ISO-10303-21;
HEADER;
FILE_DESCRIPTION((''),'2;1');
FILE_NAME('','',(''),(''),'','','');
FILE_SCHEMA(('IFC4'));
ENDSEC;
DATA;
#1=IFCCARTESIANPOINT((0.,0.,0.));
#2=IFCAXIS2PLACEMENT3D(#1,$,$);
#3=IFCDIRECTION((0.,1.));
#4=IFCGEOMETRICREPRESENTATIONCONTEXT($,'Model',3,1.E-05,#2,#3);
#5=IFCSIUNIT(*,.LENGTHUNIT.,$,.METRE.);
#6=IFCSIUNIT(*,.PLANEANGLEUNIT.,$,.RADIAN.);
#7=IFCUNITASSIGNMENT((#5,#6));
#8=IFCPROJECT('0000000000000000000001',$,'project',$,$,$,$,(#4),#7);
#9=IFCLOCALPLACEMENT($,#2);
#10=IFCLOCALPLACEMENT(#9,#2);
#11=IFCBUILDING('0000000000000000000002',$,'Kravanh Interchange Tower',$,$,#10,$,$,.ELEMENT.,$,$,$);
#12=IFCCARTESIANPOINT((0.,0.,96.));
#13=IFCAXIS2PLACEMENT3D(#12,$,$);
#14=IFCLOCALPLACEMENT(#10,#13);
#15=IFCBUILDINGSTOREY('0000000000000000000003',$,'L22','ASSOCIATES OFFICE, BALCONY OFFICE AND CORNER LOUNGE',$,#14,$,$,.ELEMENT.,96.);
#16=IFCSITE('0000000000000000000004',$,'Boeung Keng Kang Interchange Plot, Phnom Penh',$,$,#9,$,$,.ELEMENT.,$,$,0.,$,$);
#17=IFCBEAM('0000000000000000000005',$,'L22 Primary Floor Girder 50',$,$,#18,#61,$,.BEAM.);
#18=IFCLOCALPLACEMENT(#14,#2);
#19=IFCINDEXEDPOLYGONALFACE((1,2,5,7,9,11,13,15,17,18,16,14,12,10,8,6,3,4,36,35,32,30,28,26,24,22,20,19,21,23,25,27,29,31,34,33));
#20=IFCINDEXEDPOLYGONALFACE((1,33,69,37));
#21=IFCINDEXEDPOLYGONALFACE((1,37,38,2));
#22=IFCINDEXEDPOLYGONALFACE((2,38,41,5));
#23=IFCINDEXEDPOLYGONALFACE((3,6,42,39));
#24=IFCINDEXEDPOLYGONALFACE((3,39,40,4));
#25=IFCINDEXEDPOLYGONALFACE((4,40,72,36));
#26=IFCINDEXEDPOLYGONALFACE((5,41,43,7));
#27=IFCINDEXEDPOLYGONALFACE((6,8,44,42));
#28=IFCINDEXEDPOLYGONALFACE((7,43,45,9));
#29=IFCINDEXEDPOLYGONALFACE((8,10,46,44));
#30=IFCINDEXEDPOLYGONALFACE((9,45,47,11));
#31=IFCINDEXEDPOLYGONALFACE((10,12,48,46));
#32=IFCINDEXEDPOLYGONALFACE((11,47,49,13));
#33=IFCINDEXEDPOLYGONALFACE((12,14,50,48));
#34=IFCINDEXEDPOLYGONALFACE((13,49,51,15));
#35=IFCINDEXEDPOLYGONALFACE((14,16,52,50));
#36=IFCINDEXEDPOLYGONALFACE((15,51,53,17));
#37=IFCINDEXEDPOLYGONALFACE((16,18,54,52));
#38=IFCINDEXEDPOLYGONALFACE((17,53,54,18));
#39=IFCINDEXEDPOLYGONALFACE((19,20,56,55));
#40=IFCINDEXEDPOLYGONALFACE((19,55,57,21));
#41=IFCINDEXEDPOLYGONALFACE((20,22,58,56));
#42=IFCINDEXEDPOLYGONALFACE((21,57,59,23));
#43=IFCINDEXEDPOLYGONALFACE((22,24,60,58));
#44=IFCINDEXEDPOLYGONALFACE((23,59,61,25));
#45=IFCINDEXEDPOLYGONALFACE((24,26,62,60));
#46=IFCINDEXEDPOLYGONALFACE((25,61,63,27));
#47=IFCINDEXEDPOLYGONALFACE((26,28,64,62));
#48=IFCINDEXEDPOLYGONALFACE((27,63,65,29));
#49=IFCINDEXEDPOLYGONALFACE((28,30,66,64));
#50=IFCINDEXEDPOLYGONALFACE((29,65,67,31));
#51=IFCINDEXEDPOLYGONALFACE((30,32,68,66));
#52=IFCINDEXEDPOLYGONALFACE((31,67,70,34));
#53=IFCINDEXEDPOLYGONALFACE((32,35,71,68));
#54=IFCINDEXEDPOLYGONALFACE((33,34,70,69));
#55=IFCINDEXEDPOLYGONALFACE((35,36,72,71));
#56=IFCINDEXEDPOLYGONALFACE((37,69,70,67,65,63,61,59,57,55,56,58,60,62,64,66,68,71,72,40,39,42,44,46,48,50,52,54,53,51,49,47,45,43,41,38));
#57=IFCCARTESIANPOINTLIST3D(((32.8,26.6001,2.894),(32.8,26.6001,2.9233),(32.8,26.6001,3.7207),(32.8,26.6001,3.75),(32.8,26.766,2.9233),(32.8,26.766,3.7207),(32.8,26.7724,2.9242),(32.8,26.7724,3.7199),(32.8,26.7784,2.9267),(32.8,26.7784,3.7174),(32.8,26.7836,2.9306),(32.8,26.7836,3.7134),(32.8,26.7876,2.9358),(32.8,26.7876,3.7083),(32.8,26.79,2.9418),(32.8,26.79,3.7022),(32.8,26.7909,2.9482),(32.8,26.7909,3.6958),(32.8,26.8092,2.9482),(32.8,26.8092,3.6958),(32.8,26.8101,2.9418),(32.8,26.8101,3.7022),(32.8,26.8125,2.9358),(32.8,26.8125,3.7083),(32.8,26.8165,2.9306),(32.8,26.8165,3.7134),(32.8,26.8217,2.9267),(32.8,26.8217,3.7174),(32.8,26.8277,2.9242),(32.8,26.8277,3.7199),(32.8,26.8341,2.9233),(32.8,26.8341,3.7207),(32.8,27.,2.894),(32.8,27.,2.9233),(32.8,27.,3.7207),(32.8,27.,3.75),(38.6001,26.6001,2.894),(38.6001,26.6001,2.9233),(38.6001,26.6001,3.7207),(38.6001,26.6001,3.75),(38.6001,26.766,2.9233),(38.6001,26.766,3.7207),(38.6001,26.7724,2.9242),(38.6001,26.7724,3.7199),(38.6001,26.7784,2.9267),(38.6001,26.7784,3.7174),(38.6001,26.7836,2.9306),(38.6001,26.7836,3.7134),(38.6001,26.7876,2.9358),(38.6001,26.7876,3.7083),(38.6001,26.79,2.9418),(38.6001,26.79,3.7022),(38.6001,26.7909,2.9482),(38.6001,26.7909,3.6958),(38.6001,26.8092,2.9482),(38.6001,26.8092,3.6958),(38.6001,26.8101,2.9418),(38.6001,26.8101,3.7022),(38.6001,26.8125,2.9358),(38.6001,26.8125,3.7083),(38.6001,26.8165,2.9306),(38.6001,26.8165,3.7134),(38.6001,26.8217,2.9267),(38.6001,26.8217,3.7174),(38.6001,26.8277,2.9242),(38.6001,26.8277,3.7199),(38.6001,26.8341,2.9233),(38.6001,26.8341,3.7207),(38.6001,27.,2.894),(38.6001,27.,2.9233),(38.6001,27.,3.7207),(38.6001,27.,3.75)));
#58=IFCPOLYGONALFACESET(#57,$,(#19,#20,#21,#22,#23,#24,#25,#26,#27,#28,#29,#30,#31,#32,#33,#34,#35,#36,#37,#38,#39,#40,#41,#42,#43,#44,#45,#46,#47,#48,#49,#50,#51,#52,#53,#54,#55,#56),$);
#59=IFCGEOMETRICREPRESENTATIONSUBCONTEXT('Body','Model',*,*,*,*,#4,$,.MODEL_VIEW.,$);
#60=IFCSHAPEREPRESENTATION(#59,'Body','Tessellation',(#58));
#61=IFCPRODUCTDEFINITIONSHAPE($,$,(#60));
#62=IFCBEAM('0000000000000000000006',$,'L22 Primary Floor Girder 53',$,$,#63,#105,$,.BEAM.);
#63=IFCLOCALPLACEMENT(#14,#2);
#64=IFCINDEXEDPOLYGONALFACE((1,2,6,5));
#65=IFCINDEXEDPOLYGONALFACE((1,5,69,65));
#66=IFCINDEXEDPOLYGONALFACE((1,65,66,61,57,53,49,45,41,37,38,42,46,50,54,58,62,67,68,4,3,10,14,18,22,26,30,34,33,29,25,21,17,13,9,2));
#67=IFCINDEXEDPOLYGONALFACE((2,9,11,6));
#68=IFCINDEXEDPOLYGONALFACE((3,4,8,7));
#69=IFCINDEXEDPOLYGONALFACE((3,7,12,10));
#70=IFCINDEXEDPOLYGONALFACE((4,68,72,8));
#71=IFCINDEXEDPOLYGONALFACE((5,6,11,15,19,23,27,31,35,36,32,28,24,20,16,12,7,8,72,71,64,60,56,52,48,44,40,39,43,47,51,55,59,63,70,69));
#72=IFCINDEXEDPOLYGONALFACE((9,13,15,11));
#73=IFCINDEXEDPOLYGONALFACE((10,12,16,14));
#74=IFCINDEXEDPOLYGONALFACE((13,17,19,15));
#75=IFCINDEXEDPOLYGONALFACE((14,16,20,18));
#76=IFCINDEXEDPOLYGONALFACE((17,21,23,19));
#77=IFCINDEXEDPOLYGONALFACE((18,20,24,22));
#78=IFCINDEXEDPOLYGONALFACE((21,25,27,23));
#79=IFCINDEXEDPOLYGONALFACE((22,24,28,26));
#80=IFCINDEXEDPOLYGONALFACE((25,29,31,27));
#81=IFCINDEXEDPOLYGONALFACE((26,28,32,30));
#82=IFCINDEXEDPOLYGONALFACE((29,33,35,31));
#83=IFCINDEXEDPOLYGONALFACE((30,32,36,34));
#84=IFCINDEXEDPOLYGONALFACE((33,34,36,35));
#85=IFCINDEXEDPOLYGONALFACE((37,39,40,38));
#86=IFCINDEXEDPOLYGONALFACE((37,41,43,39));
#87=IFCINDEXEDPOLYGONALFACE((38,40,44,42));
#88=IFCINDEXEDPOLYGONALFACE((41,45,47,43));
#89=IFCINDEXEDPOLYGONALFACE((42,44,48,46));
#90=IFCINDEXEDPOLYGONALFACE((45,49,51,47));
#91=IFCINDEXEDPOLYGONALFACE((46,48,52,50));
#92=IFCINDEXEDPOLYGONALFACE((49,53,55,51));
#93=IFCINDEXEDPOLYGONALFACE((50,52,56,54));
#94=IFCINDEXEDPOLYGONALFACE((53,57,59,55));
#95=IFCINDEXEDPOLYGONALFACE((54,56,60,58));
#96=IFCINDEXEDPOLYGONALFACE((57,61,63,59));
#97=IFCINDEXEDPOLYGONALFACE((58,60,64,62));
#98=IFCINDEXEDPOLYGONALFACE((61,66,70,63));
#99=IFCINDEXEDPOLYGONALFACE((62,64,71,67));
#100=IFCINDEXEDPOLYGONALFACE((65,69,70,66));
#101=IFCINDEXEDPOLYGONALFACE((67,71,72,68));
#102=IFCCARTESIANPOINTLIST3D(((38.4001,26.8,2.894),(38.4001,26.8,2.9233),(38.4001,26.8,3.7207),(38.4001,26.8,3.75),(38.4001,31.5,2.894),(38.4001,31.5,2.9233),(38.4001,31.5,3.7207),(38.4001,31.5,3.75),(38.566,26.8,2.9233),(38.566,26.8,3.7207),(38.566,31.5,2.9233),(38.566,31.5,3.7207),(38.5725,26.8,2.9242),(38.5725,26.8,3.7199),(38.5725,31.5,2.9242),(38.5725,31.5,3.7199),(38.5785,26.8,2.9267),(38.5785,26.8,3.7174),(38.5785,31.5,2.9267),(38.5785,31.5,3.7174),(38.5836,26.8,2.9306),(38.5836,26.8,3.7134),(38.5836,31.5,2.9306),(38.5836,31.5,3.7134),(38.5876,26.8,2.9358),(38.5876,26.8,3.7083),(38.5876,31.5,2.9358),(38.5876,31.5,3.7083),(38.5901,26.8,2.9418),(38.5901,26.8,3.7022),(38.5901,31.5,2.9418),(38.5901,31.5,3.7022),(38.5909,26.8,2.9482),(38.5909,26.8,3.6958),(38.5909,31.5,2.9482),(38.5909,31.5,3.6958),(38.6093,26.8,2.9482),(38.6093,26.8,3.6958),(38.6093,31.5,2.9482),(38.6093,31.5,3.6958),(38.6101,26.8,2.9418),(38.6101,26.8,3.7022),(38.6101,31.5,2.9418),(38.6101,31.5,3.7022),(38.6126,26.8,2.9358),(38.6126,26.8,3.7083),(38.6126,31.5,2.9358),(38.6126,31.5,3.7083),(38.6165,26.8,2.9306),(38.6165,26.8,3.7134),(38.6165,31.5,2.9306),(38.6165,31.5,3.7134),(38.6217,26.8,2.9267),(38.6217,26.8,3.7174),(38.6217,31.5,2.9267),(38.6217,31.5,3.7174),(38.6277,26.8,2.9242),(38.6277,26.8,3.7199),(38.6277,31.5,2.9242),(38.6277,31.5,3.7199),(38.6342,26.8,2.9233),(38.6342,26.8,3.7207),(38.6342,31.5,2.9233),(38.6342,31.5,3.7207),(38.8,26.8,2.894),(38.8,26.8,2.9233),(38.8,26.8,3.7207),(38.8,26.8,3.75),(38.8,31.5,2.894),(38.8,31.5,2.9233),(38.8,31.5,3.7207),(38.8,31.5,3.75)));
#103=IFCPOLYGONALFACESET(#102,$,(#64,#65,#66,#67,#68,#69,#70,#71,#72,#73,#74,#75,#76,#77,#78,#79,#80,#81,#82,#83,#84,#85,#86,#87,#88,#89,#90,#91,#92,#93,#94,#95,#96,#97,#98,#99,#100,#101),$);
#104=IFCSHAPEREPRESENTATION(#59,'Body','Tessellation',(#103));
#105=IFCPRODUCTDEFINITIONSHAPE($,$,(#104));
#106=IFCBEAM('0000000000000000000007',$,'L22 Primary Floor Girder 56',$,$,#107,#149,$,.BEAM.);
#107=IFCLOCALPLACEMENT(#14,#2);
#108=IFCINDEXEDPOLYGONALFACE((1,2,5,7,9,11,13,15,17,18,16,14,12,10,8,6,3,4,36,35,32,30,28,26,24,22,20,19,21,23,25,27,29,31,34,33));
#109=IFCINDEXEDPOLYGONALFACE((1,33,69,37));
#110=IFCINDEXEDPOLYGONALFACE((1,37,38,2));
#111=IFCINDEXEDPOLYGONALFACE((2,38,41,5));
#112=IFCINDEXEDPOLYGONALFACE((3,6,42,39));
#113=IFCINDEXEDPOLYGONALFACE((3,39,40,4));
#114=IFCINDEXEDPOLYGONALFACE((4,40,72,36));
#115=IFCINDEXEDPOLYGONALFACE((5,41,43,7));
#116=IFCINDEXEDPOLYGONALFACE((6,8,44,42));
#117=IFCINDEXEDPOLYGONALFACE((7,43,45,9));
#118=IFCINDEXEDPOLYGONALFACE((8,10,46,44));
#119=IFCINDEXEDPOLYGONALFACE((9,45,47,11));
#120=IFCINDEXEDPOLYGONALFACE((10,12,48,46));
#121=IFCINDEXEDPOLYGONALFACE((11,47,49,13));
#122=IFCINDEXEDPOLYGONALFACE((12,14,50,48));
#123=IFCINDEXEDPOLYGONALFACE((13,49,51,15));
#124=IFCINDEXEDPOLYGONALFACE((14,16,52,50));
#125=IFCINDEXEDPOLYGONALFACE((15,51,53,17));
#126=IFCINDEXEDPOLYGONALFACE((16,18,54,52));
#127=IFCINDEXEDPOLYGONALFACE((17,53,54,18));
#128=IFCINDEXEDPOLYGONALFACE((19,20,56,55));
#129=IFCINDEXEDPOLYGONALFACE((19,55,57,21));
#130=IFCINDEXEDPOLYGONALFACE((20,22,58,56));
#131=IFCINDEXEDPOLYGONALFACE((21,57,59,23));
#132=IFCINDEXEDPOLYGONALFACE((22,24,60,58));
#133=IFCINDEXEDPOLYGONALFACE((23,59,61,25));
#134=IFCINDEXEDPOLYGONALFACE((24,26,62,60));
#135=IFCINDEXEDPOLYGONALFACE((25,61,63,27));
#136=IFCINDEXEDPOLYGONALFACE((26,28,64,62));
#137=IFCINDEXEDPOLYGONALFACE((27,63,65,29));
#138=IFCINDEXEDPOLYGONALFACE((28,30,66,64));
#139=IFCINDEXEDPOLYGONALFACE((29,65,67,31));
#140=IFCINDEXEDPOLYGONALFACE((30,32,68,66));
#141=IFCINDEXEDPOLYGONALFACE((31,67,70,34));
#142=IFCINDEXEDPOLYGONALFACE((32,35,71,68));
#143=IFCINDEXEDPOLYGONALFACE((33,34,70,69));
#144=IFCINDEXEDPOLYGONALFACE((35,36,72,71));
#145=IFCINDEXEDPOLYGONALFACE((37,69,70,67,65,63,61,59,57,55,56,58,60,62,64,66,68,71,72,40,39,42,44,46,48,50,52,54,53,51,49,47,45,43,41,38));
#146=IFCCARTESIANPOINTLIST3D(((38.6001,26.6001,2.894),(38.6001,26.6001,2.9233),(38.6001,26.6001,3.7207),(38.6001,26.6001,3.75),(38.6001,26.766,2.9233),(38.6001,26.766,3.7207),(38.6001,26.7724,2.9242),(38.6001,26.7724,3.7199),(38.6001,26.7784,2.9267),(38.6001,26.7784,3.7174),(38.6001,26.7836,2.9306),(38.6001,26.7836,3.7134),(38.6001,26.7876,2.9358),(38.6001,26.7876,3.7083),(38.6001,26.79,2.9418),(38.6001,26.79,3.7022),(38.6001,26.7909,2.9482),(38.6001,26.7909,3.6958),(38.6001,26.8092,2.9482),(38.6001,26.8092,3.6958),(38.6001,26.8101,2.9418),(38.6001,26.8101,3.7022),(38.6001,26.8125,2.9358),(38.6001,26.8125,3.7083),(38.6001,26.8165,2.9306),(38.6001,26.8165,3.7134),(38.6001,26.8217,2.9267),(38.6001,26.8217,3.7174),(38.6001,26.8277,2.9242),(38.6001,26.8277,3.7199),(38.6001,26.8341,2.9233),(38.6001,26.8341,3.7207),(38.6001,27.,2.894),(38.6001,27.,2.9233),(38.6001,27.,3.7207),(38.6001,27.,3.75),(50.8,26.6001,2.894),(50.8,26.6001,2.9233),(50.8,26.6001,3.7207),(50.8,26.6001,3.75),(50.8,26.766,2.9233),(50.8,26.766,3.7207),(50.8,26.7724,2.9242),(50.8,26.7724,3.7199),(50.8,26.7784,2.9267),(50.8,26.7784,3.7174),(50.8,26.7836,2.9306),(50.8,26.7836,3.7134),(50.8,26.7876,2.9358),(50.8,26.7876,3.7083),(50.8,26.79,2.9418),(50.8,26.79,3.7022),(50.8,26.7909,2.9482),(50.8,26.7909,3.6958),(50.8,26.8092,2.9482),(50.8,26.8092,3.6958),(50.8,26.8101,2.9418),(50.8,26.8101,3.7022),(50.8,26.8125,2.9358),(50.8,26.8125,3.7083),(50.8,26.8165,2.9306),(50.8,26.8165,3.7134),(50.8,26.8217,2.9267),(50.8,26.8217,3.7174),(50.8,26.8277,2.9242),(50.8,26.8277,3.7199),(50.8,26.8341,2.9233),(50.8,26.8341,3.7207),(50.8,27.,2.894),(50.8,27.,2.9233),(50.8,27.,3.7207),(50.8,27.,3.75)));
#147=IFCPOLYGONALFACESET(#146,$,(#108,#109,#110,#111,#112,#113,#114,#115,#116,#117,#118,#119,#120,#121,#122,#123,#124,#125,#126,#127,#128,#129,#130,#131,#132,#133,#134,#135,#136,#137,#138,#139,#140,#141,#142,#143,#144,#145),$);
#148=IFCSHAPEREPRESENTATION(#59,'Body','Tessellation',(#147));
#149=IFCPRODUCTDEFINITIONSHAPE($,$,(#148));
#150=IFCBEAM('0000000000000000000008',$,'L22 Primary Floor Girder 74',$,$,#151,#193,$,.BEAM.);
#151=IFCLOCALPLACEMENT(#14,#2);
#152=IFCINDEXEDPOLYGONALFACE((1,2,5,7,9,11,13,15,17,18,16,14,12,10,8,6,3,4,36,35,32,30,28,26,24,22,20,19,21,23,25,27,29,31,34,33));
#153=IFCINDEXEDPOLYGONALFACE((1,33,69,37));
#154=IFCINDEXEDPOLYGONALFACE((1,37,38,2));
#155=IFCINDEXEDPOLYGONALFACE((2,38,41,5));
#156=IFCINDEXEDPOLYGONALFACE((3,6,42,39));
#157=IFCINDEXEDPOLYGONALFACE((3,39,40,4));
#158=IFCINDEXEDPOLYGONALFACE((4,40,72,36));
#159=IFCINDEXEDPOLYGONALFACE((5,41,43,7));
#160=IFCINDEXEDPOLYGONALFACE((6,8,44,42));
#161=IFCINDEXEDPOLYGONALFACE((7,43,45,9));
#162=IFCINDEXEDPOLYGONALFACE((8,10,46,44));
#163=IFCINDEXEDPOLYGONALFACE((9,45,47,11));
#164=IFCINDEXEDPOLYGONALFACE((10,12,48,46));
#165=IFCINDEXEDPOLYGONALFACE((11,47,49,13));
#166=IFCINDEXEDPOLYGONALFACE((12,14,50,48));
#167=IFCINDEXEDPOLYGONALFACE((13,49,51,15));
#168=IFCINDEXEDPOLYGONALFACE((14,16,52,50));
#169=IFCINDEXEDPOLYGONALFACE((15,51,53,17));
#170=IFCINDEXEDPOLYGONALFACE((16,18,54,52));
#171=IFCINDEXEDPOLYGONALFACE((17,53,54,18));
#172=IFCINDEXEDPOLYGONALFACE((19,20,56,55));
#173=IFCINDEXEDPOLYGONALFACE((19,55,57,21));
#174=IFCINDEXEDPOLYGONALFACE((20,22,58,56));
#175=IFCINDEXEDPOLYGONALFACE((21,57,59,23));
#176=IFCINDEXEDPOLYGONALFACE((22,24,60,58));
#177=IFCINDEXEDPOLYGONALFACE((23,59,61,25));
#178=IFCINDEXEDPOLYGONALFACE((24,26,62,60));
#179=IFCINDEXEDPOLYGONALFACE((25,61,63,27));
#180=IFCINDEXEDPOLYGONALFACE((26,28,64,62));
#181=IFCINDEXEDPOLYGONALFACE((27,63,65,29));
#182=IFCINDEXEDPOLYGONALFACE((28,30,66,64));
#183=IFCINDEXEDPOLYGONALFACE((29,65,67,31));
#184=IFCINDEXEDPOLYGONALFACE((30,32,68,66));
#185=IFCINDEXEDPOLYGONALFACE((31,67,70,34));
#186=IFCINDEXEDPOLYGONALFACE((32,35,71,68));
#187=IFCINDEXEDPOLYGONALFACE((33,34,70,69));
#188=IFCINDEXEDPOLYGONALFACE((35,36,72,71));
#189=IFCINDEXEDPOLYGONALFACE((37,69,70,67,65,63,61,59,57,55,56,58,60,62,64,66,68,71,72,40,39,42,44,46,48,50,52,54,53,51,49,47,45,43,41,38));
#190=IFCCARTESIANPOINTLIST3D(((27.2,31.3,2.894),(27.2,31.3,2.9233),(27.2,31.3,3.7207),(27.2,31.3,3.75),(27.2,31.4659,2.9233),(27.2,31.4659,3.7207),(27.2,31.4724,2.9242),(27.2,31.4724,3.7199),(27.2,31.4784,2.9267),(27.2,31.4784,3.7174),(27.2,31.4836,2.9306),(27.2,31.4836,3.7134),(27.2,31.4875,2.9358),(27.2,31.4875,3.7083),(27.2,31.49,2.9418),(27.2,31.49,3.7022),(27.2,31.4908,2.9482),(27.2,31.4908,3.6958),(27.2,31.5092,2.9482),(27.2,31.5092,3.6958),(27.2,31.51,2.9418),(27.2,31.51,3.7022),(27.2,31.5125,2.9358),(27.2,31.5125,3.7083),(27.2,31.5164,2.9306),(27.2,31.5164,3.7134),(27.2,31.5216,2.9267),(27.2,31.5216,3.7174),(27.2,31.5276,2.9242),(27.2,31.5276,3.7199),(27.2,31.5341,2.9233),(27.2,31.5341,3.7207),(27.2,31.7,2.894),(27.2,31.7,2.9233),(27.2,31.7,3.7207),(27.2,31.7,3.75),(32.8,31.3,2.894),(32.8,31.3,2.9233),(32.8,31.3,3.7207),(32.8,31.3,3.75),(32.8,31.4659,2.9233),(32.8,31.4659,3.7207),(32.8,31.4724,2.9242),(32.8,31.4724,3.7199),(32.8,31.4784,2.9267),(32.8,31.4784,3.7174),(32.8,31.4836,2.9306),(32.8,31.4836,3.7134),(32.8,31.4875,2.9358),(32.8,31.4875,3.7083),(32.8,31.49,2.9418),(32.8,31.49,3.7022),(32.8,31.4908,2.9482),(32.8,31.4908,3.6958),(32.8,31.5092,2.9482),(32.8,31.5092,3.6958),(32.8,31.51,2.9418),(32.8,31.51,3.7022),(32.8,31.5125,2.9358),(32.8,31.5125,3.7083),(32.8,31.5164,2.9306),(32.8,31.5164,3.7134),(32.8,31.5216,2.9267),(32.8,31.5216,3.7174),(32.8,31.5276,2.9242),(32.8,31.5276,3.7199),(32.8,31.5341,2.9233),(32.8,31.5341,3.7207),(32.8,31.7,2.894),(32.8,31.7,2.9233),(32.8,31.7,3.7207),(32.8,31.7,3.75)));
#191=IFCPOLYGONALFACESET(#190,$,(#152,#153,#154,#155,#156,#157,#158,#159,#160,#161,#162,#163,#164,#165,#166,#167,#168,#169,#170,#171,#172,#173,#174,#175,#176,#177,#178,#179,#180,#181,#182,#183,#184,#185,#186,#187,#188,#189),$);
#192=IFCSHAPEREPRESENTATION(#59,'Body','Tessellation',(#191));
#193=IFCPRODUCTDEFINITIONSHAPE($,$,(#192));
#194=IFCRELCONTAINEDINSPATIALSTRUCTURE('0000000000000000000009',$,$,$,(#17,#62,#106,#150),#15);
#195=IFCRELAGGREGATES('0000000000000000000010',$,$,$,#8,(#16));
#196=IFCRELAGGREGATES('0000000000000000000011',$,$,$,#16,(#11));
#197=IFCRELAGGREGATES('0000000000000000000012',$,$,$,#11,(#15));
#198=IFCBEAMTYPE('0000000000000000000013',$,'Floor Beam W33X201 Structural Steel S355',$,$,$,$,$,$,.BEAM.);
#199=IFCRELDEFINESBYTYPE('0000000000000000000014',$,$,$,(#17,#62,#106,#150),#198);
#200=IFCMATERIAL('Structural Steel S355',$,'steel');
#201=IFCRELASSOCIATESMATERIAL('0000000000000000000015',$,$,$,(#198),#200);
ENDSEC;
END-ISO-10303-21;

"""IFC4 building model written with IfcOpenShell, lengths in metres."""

from ifc_helpers import new_model, si_unit, direction, frame, origin, origin_2d, place, context, subcontext, project, spatial, i_section, extrude, material, material_profile, profile_set, type_object, element, save


model = new_model("IFC4")

# Units and contexts
model_context = context("Model", 3, precision=1e-05, world=origin(), true_north=direction((0.0, 1.0)))
body_context = subcontext(model_context, "Body", "Model", "MODEL_VIEW")
ifc_project = project(units=[si_unit("LENGTHUNIT", "METRE"), si_unit("PLANEANGLEUNIT", "RADIAN")], contexts=[model_context])

# Site, building, storey
site_placement = place(None, origin())
site = spatial("IfcSite", under=ifc_project, at=site_placement, Name="Boeung Keng Kang Interchange Plot, Phnom Penh", CompositionType="ELEMENT", RefElevation=0.0)
building_placement = place(site_placement, origin())
building = spatial("IfcBuilding", under=site, at=building_placement, Name="Kravanh Interchange Tower", CompositionType="ELEMENT")
storey_placement = place(building_placement, frame((0.0, 0.0, 96.0)))
storey = spatial("IfcBuildingStorey", under=building, at=storey_placement, Name="L22", Description="ASSOCIATES OFFICE, BALCONY OFFICE AND CORNER LOUNGE", CompositionType="ELEMENT", Elevation=96.0)

# Beams
ifc_material_1 = material(Name="Structural Steel S355", Category="steel")
ifc_material_profile_1 = material_profile(ifc_material_1, i_section(OverallWidth=0.3999, OverallDepth=0.856, WebThickness=0.0183, FlangeThickness=0.0293, FilletRadius=0.0249, at=origin_2d()), Name="W33X201")
ifc_profile_set_1 = profile_set([ifc_material_profile_1], Name="Structural Steel S355")
beam_type_1 = type_object("IfcBeamType", Name="Floor Beam W33X201 Structural Steel S355", PredefinedType="BEAM", material=ifc_profile_set_1)
beam_1_placement = place(storey_placement, frame((32.8, 26.8, 3.322), z_axis=(1.0, 0.0, 0.0), x_axis=(0.0, 1.0, 0.0)))
element("IfcBeam", 1, at=beam_1_placement, inside=storey, type_object=beam_type_1, Name="L22 Primary Floor Girder 50", PredefinedType="BEAM", context=body_context, shape_type="SweptSolid", body=[
    extrude(i_section(OverallWidth=0.3999, OverallDepth=0.856, WebThickness=0.0183, FlangeThickness=0.0293, FilletRadius=0.0249, at=origin_2d()), origin(), (0.0, 0.0, 1.0), 5.8),
])
beam_2_placement = place(storey_placement, frame((38.6001, 26.8, 3.322), z_axis=(0.0, 1.0, 0.0), x_axis=(-1.0, 0.0, 0.0)))
element("IfcBeam", 2, at=beam_2_placement, inside=storey, type_object=beam_type_1, Name="L22 Primary Floor Girder 53", PredefinedType="BEAM", context=body_context, shape_type="SweptSolid", body=[
    extrude(i_section(OverallWidth=0.3999, OverallDepth=0.856, WebThickness=0.0183, FlangeThickness=0.0293, FilletRadius=0.0249, at=origin_2d()), origin(), (0.0, 0.0, 1.0), 4.7),
])
beam_3_placement = place(storey_placement, frame((38.6001, 26.8, 3.322), z_axis=(1.0, 0.0, 0.0), x_axis=(0.0, 1.0, 0.0)))
element("IfcBeam", 3, at=beam_3_placement, inside=storey, type_object=beam_type_1, Name="L22 Primary Floor Girder 56", PredefinedType="BEAM", context=body_context, shape_type="SweptSolid", body=[
    extrude(i_section(OverallWidth=0.3999, OverallDepth=0.856, WebThickness=0.0183, FlangeThickness=0.0293, FilletRadius=0.0249, at=origin_2d()), origin(), (0.0, 0.0, 1.0), 12.2),
])
beam_4_placement = place(storey_placement, frame((27.2, 31.5, 3.322), z_axis=(1.0, 0.0, 0.0), x_axis=(0.0, 1.0, 0.0)))
element("IfcBeam", 4, at=beam_4_placement, inside=storey, type_object=beam_type_1, Name="L22 Primary Floor Girder 74", PredefinedType="BEAM", context=body_context, shape_type="SweptSolid", body=[
    extrude(i_section(OverallWidth=0.3999, OverallDepth=0.856, WebThickness=0.0183, FlangeThickness=0.0293, FilletRadius=0.0249, at=origin_2d()), origin(), (0.0, 0.0, 1.0), 5.6001),
])

save(model, "model.ifc")
